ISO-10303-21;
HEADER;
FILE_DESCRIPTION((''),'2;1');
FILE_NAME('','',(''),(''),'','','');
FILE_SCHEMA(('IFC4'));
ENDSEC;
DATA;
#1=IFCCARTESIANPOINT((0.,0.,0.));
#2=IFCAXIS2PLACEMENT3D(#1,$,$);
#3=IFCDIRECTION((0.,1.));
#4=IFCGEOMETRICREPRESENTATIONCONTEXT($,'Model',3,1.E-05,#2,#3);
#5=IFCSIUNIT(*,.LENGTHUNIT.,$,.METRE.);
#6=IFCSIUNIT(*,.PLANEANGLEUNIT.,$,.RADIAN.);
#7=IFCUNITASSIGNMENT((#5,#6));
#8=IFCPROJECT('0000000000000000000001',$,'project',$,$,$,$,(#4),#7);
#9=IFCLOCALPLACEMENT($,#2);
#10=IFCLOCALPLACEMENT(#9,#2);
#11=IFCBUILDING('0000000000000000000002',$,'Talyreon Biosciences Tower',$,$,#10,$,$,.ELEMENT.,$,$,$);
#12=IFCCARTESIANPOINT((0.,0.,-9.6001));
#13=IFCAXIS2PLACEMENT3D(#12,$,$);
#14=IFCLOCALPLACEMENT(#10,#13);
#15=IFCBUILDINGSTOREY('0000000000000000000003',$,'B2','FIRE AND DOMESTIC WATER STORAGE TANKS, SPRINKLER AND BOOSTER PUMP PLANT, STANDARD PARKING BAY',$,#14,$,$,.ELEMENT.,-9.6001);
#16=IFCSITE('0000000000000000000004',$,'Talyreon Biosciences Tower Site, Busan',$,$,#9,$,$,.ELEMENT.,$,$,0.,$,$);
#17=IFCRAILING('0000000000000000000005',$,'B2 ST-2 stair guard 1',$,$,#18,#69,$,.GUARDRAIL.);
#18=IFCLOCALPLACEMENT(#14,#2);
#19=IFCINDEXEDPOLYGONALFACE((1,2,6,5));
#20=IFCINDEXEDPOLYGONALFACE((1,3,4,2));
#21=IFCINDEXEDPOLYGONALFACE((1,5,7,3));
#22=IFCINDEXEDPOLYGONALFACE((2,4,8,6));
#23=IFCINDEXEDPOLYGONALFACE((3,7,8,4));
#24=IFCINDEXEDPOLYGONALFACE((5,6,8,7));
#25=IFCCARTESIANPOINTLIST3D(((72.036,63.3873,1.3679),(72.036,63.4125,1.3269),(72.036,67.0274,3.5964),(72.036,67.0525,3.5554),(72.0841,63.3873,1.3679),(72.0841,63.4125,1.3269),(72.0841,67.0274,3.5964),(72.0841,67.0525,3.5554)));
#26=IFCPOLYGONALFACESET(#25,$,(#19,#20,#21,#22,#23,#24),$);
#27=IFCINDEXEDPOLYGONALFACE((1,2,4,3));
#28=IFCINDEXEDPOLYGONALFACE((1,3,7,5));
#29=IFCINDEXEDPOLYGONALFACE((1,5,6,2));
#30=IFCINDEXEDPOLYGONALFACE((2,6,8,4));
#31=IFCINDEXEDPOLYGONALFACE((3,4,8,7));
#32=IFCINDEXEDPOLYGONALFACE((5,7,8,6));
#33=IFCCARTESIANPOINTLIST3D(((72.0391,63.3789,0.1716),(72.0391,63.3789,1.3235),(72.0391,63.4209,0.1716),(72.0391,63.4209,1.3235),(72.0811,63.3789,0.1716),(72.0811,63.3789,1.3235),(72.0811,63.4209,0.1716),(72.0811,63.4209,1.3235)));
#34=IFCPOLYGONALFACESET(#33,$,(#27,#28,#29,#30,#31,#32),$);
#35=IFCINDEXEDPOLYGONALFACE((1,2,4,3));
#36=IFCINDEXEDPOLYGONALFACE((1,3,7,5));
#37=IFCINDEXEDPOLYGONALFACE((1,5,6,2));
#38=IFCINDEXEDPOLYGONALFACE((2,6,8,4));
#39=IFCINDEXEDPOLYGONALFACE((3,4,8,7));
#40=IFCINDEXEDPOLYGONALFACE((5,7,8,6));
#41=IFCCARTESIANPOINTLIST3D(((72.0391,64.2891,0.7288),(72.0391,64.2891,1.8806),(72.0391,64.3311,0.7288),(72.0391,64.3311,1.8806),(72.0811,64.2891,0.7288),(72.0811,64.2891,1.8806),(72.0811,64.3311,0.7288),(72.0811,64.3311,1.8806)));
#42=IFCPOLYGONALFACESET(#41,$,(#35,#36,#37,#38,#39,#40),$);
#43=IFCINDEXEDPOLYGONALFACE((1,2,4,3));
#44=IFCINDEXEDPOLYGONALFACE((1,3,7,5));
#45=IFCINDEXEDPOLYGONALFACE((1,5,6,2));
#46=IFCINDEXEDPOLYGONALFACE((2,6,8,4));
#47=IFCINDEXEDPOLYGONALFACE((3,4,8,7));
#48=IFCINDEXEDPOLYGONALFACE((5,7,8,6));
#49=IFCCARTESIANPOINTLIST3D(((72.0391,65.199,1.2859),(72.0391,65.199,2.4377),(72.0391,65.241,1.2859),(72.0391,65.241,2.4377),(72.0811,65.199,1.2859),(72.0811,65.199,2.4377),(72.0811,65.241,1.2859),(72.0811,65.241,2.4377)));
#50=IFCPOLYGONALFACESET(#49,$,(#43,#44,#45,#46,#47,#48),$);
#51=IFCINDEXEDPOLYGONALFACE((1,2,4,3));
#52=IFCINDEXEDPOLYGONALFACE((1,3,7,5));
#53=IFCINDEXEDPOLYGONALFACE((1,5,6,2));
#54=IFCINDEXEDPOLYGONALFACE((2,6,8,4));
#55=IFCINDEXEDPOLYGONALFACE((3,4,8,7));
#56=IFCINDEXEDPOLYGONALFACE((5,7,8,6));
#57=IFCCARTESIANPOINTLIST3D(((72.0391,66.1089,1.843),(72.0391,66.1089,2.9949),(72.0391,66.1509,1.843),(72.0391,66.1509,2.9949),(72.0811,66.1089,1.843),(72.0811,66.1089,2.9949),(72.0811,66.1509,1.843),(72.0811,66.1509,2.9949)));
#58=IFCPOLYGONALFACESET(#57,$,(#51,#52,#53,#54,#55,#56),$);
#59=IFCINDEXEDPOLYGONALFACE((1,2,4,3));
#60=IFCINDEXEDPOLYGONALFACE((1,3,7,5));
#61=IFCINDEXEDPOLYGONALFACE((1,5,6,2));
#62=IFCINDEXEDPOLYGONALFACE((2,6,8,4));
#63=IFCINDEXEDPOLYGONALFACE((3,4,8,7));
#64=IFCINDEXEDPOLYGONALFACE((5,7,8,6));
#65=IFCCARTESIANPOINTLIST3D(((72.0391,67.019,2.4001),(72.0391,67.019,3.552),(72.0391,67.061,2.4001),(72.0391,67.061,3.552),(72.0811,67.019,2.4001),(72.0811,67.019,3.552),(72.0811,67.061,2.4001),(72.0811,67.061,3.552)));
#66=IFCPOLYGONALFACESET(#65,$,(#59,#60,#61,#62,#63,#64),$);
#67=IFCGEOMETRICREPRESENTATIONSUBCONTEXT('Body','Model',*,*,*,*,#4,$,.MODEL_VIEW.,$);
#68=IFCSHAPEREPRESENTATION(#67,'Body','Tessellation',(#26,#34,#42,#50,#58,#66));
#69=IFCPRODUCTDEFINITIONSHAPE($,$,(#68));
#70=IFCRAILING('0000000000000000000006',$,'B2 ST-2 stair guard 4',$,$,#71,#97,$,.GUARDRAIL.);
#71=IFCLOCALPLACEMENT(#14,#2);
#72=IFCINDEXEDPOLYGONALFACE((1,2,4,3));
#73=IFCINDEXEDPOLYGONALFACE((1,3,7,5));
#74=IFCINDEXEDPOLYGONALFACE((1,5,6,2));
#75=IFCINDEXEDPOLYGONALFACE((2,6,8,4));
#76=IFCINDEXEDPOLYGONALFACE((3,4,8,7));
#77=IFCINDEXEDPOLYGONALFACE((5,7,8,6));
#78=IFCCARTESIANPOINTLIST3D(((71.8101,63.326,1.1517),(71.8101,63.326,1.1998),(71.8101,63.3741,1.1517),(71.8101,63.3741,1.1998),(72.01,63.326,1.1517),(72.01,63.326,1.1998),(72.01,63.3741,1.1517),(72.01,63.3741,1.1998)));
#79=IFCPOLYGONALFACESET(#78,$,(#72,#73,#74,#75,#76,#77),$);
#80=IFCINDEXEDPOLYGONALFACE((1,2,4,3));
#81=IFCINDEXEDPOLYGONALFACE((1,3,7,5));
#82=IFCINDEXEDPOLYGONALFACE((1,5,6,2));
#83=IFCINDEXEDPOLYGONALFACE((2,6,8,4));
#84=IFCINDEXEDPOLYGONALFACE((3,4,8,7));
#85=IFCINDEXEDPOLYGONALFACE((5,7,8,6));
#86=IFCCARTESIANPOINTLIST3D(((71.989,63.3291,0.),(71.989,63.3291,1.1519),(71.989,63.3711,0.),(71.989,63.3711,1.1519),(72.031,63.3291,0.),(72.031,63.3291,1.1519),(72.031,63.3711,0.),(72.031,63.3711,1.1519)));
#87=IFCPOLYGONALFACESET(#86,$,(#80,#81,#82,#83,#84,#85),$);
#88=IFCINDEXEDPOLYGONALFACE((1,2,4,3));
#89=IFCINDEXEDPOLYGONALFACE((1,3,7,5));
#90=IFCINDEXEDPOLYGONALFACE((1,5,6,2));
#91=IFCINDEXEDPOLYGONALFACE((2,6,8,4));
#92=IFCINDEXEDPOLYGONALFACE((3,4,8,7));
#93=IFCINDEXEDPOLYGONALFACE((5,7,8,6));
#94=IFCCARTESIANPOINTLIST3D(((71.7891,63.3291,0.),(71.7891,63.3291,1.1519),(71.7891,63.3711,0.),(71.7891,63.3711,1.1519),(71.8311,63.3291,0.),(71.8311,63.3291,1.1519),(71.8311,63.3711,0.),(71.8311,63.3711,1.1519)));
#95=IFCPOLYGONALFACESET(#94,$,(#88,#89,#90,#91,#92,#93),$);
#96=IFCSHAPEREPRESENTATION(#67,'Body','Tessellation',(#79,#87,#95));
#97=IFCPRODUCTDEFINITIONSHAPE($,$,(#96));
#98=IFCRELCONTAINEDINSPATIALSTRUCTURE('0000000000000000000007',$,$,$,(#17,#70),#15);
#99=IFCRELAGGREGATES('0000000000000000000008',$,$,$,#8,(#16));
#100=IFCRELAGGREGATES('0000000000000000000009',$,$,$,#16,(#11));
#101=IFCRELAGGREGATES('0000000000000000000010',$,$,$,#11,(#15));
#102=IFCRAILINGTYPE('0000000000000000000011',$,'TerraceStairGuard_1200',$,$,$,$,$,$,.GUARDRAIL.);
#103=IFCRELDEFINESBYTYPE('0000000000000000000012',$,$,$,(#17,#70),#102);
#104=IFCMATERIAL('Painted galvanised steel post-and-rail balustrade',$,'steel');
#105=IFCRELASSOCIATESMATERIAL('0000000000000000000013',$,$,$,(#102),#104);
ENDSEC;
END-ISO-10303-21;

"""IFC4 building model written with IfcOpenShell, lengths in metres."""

from ifc_helpers import new_model, si_unit, direction, frame, origin, origin_2d, place, context, subcontext, project, spatial, rectangle, extrude, material, type_object, element, save


model = new_model("IFC4")

# Units and contexts
model_context = context("Model", 3, precision=1e-05, world=origin(), true_north=direction((0.0, 1.0)))
body_context = subcontext(model_context, "Body", "Model", "MODEL_VIEW")
ifc_project = project(units=[si_unit("LENGTHUNIT", "METRE"), si_unit("PLANEANGLEUNIT", "RADIAN")], contexts=[model_context])

# Site, building, storey
site_placement = place(None, origin())
site = spatial("IfcSite", under=ifc_project, at=site_placement, Name="Talyreon Biosciences Tower Site, Busan", CompositionType="ELEMENT", RefElevation=0.0)
building_placement = place(site_placement, origin())
building = spatial("IfcBuilding", under=site, at=building_placement, Name="Talyreon Biosciences Tower", CompositionType="ELEMENT")
storey_placement = place(building_placement, frame((0.0, 0.0, -9.6001)))
storey = spatial("IfcBuildingStorey", under=building, at=storey_placement, Name="B2", Description="FIRE AND DOMESTIC WATER STORAGE TANKS, SPRINKLER AND BOOSTER PUMP PLANT, STANDARD PARKING BAY", CompositionType="ELEMENT", Elevation=-9.6001)

# Railings
ifc_material_1 = material(Name="Painted galvanised steel post-and-rail balustrade", Category="steel")
railing_type_1 = type_object("IfcRailingType", Name="TerraceStairGuard_1200", PredefinedType="GUARDRAIL", material=ifc_material_1)
railing_1_placement = place(storey_placement, frame((72.0601, 63.3999, 0.1716)))
element("IfcRailing", 1, at=railing_1_placement, inside=storey, type_object=railing_type_1, Name="B2 ST-2 stair guard 1", PredefinedType="GUARDRAIL", context=body_context, shape_type="SweptSolid", body=[
    extrude(rectangle(XDim=0.0481, YDim=0.0481, at=origin_2d()), frame((0.0, 0.0, 1.1758), z_axis=(0.0, 0.852866, 0.52213), x_axis=(-1.0, 0.0, 0.0)), (0.0, 0.0, 1.0), 4.2681),
    extrude(rectangle(XDim=0.042, YDim=0.042, at=origin_2d()), origin(), (0.0, 0.0, 1.0), 1.1519),
    extrude(rectangle(XDim=0.042, YDim=0.042, at=origin_2d()), frame((0.0, 0.9102, 0.5571)), (0.0, 0.0, 1.0), 1.1519),
    extrude(rectangle(XDim=0.042, YDim=0.042, at=origin_2d()), frame((0.0, 1.8201, 1.1143)), (0.0, 0.0, 1.0), 1.1519),
    extrude(rectangle(XDim=0.042, YDim=0.042, at=origin_2d()), frame((0.0, 2.73, 1.6714)), (0.0, 0.0, 1.0), 1.1519),
    extrude(rectangle(XDim=0.042, YDim=0.042, at=origin_2d()), frame((0.0, 3.6401, 2.2285)), (0.0, 0.0, 1.0), 1.1519),
])
railing_2_placement = place(storey_placement, frame((72.01, 63.3501, 0.0)))
element("IfcRailing", 2, at=railing_2_placement, inside=storey, type_object=railing_type_1, Name="B2 ST-2 stair guard 4", PredefinedType="GUARDRAIL", context=body_context, shape_type="SweptSolid", body=[
    extrude(rectangle(XDim=0.0481, YDim=0.0481, at=origin_2d()), frame((0.0, 0.0, 1.1758), z_axis=(-1.0, 0.0, 0.0), x_axis=(0.0, -1.0, 0.0)), (0.0, 0.0, 1.0), 0.2),
    extrude(rectangle(XDim=0.042, YDim=0.042, at=origin_2d()), origin(), (0.0, 0.0, 1.0), 1.1519),
    extrude(rectangle(XDim=0.042, YDim=0.042, at=origin_2d()), frame((-0.2, 0.0, 0.0)), (0.0, 0.0, 1.0), 1.1519),
])

save(model, "model.ifc")
